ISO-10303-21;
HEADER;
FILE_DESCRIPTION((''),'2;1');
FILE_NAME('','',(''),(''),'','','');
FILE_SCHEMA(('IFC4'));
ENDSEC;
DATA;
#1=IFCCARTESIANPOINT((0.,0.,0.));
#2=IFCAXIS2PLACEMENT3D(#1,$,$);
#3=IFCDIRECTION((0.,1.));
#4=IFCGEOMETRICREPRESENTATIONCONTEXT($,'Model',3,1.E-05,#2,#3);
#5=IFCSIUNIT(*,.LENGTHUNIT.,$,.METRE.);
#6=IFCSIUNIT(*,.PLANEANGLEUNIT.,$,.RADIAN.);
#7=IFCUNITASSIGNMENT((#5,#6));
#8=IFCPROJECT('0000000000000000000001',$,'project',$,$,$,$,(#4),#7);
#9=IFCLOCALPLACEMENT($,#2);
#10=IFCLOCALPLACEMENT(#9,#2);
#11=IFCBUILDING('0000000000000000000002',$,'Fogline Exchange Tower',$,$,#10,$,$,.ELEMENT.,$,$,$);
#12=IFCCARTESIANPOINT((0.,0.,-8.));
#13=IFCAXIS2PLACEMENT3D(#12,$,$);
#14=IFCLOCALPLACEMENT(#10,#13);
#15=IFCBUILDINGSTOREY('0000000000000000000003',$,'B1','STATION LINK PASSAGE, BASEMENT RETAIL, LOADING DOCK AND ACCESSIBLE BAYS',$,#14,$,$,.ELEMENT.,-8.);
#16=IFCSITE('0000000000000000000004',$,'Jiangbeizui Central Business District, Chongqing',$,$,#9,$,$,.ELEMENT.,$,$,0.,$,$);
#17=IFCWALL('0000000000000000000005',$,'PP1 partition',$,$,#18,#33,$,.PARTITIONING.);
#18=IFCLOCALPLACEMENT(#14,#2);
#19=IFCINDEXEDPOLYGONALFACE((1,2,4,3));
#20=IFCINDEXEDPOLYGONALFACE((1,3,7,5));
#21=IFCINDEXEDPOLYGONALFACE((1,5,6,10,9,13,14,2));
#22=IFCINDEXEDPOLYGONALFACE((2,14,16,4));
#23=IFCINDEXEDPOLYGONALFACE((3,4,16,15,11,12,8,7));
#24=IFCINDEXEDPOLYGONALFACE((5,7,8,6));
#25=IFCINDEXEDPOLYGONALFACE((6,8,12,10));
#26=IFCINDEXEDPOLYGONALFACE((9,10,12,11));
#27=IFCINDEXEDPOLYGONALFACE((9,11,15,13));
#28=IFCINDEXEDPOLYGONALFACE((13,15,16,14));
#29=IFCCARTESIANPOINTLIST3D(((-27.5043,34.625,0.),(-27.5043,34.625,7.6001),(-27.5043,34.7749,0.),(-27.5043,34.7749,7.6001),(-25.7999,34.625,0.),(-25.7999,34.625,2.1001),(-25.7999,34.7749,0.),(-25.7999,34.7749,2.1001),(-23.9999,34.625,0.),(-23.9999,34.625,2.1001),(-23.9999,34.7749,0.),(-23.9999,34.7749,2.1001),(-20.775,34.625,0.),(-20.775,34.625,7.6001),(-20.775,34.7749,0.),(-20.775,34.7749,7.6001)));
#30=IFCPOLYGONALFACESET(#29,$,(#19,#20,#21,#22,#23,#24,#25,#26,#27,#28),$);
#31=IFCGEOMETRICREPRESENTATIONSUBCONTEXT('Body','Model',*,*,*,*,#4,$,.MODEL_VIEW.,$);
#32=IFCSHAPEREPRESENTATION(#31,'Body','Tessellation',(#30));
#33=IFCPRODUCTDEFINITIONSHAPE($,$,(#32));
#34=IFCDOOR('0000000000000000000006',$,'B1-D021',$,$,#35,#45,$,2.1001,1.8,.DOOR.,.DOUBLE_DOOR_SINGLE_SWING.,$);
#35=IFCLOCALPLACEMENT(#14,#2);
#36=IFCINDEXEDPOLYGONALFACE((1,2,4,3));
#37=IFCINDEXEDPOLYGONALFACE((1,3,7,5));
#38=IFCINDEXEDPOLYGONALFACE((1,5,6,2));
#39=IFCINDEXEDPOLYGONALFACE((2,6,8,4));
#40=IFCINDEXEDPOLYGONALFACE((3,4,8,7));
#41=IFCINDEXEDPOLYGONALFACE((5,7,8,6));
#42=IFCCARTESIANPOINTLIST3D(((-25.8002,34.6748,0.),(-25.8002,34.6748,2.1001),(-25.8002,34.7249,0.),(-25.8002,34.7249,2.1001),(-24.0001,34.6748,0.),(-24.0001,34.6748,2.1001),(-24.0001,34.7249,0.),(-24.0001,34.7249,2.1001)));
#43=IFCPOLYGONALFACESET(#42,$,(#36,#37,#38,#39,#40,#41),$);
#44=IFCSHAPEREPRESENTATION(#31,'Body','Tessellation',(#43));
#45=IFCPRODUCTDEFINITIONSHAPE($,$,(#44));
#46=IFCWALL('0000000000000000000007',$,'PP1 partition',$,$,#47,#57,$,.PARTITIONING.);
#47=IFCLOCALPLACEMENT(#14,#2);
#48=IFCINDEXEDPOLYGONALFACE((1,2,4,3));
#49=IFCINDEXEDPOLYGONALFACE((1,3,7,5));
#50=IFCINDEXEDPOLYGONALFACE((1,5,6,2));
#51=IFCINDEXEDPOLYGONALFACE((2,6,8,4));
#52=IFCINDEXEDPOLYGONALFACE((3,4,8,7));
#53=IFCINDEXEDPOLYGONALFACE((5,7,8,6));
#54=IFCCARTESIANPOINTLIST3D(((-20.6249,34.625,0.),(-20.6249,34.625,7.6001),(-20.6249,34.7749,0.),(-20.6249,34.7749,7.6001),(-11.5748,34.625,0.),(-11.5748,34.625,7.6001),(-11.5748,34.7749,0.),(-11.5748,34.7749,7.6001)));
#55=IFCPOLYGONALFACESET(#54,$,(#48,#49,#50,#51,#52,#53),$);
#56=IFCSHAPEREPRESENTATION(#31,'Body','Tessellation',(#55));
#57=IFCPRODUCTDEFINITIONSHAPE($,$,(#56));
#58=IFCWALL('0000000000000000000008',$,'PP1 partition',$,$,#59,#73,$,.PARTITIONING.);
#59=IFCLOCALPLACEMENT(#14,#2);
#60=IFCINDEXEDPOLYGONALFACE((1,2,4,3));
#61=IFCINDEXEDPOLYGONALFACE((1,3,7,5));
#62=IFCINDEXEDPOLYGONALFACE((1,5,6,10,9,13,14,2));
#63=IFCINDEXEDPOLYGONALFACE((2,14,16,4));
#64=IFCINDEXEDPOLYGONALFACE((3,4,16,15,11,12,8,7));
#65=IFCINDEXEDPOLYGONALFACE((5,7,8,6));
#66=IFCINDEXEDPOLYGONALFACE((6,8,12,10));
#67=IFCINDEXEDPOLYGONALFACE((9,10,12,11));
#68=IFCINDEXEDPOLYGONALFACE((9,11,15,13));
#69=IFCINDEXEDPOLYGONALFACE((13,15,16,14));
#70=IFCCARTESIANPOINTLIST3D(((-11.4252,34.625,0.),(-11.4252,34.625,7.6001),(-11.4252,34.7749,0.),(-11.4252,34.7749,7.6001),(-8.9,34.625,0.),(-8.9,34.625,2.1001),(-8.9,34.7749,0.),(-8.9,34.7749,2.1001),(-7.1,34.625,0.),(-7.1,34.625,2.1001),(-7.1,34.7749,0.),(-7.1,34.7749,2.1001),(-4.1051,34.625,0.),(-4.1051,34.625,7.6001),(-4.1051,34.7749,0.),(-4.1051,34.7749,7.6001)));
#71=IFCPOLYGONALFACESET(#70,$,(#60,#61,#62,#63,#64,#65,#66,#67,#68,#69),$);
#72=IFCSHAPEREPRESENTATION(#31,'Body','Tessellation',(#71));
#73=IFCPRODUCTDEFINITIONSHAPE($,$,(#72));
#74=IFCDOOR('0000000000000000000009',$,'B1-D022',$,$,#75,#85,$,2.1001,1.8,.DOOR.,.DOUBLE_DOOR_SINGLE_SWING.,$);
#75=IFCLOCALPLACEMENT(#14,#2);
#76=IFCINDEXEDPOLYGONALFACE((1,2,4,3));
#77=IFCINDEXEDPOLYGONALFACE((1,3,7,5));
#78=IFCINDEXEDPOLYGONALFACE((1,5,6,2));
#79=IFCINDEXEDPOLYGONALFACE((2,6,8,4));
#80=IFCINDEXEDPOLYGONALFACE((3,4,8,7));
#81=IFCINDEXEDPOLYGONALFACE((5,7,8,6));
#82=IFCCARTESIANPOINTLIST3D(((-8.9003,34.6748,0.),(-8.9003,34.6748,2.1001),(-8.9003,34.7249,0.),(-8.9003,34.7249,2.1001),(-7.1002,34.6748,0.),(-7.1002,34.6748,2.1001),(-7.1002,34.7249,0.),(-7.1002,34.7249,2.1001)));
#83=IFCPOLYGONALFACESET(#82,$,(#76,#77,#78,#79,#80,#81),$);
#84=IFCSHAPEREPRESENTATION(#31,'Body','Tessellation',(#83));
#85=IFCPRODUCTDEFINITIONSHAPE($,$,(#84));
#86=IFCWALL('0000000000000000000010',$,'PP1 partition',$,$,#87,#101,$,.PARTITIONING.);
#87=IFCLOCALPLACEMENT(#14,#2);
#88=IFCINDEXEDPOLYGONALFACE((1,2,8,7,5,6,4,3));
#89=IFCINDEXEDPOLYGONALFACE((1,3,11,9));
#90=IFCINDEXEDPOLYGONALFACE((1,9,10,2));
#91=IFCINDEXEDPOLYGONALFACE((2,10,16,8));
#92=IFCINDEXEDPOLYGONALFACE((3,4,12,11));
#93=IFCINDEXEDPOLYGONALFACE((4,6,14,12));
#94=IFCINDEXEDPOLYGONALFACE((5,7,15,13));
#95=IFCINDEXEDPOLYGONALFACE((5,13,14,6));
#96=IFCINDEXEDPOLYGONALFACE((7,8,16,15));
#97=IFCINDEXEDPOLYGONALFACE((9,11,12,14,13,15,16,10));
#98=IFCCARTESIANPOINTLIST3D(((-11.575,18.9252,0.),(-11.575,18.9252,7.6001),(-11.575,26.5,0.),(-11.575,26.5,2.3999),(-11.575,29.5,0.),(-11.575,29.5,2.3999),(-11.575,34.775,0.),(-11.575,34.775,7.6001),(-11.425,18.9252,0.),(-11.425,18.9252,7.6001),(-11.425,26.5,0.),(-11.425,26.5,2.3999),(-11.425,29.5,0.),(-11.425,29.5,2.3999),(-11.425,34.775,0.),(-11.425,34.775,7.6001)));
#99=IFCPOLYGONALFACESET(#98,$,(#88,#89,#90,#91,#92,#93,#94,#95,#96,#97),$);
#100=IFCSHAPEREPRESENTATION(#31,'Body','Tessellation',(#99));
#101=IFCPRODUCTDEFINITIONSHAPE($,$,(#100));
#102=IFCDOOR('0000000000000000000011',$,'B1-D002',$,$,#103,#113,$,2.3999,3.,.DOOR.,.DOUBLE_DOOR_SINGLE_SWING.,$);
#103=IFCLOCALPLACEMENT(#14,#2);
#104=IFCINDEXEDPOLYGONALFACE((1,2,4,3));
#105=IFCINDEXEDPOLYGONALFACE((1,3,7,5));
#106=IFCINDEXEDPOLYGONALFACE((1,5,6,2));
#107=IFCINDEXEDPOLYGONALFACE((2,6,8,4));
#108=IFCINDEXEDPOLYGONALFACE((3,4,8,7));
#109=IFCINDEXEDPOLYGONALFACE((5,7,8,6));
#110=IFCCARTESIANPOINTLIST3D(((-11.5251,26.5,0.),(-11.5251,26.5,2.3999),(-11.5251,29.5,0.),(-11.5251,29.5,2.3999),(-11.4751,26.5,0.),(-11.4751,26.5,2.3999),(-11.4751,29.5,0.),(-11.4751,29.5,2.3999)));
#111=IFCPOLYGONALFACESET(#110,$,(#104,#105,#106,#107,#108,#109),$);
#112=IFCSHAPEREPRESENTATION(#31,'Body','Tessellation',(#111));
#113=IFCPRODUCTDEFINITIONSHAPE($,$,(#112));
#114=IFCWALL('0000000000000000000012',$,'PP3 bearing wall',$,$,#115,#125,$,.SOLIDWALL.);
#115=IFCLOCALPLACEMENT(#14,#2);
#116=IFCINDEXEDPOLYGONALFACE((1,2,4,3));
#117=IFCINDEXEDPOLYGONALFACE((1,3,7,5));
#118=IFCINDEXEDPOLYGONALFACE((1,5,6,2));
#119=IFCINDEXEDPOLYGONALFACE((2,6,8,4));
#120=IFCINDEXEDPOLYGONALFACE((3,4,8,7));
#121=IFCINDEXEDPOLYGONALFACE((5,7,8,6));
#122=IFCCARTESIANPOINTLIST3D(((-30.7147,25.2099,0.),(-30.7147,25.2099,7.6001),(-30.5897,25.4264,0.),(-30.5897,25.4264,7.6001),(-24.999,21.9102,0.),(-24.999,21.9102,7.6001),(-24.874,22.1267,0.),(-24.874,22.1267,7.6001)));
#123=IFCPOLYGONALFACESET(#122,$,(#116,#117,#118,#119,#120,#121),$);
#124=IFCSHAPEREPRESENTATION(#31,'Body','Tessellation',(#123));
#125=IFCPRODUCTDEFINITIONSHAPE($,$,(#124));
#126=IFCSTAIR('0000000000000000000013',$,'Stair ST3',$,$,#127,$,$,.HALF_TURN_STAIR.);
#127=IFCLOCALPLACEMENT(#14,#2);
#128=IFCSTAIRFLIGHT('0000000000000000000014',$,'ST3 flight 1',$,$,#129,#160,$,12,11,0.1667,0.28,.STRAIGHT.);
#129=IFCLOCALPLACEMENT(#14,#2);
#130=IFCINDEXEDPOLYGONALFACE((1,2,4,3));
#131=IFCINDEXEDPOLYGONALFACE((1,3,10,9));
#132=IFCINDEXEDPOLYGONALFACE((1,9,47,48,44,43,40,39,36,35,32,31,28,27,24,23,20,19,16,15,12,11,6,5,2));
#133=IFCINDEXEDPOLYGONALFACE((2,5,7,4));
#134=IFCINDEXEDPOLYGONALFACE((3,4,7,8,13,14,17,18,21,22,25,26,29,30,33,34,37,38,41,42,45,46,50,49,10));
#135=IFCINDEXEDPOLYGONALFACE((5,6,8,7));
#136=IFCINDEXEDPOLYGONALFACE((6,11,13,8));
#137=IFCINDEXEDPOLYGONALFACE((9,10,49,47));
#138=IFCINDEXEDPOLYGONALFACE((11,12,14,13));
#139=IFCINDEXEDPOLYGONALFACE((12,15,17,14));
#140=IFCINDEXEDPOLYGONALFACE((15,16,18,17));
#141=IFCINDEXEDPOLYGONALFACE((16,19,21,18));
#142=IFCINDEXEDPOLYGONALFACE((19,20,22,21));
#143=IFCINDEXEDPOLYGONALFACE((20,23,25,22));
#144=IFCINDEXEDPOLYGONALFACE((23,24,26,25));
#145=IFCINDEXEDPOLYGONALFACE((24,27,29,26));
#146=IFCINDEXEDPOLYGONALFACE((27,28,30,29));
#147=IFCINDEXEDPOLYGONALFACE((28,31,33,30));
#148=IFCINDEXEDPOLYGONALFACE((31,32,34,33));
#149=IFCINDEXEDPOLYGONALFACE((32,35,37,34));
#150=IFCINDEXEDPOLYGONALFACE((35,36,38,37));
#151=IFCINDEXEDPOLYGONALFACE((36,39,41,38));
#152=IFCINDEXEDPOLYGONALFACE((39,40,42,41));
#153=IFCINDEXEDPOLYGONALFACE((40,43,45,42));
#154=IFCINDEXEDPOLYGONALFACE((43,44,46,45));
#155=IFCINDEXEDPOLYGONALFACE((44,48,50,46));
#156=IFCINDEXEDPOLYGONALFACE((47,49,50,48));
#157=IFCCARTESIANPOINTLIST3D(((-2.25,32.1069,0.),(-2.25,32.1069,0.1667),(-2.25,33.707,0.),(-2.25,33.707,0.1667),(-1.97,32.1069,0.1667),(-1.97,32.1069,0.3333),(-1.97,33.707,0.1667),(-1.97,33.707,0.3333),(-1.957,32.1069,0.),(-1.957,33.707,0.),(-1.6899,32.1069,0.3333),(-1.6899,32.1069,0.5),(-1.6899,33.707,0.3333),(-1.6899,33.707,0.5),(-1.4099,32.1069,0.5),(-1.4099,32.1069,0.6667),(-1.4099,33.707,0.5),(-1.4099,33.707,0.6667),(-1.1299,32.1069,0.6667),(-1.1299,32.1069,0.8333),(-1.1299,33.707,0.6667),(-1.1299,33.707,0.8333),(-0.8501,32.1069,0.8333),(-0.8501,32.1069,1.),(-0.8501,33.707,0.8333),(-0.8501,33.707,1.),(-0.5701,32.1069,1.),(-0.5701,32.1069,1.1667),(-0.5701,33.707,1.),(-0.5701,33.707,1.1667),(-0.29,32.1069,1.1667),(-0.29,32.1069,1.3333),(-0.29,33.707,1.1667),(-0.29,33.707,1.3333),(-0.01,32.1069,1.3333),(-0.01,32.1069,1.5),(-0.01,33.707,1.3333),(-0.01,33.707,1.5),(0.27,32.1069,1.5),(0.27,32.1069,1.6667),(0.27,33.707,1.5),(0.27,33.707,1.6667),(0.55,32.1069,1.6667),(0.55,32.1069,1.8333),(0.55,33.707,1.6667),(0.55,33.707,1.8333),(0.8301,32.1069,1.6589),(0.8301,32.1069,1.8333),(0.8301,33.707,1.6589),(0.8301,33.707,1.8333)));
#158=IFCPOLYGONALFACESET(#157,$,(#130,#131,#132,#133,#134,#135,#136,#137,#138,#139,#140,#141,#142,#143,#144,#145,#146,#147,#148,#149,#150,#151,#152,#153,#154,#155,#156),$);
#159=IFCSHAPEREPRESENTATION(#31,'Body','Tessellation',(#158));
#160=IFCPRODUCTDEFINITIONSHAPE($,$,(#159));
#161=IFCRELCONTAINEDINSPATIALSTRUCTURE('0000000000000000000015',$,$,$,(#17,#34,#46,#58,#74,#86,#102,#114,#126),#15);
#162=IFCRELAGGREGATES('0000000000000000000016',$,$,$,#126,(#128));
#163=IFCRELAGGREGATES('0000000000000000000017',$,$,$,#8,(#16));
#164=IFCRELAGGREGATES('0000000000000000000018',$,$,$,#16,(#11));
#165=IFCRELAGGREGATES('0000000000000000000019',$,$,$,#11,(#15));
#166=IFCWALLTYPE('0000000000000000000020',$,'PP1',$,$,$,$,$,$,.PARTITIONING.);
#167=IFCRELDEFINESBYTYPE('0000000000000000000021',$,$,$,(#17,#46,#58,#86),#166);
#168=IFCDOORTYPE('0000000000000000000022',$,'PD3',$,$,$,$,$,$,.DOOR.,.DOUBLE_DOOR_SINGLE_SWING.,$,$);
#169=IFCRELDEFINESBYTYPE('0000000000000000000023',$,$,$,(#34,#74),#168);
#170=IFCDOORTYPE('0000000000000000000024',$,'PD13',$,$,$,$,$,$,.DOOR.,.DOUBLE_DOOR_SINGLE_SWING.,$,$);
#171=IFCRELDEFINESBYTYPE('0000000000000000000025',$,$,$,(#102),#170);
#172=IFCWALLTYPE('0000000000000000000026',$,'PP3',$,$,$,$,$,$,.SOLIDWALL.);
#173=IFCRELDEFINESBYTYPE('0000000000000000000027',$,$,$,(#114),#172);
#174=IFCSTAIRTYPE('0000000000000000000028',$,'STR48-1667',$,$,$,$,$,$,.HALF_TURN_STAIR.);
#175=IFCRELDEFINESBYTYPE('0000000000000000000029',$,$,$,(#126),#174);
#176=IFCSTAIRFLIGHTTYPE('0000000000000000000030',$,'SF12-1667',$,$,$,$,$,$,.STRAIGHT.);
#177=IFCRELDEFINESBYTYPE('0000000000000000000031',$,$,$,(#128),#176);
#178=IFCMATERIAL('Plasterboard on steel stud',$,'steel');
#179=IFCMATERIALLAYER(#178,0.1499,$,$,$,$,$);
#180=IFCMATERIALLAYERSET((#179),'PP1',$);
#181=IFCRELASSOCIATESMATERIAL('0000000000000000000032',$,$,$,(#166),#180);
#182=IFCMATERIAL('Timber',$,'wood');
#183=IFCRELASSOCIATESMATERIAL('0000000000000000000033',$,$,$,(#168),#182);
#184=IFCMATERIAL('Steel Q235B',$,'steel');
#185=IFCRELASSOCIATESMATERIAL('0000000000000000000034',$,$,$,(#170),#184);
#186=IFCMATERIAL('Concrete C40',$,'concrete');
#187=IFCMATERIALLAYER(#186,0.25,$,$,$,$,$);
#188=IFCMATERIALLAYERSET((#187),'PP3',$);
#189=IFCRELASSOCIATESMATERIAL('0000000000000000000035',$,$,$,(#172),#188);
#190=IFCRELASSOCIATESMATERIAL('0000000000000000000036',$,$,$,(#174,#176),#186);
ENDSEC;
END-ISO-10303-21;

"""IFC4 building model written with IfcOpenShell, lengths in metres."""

from ifc_helpers import new_model, si_unit, direction, frame, frame_2d, origin, place, context, subcontext, project, spatial, polyline, rectangle, outline, extrude, material, layer, layer_set, type_object, element, fill, aggregate, save


model = new_model("IFC4")

# Units and contexts
model_context = context("Model", 3, precision=1e-05, world=origin(), true_north=direction((0.0, 1.0)))
body_context = subcontext(model_context, "Body", "Model", "MODEL_VIEW")
ifc_project = project(units=[si_unit("LENGTHUNIT", "METRE"), si_unit("PLANEANGLEUNIT", "RADIAN")], contexts=[model_context])

# Site, building, storey
site_placement = place(None, origin())
site = spatial("IfcSite", under=ifc_project, at=site_placement, Name="Jiangbeizui Central Business District, Chongqing", CompositionType="ELEMENT", RefElevation=0.0)
building_placement = place(site_placement, origin())
building = spatial("IfcBuilding", under=site, at=building_placement, Name="Fogline Exchange Tower", CompositionType="ELEMENT")
storey_placement = place(building_placement, frame((0.0, 0.0, -8.0)))
storey = spatial("IfcBuildingStorey", under=building, at=storey_placement, Name="B1", Description="STATION LINK PASSAGE, BASEMENT RETAIL, LOADING DOCK AND ACCESSIBLE BAYS", CompositionType="ELEMENT", Elevation=-8.0)

# Shared definitions
ifc_material_1 = material(Name="Concrete C40", Category="concrete")

# Wall, opening, door
ifc_material_2 = material(Name="Plasterboard on steel stud", Category="steel")
ifc_layer_1 = layer(ifc_material_2, 0.1499)
ifc_layer_set_1 = layer_set([ifc_layer_1], Name="PP1")
wall_type_1 = type_object("IfcWallType", Name="PP1", PredefinedType="PARTITIONING", material=ifc_layer_set_1)
wall_1_placement = place(storey_placement, frame((-20.7749, 34.7, 0.0), z_axis=(0.0, 0.0, 1.0), x_axis=(-1.0, 0.0, 0.0)))
wall_1 = element("IfcWall", 1, at=wall_1_placement, inside=storey, type_object=wall_type_1, Name="PP1 partition", PredefinedType="PARTITIONING", context=body_context, shape_type="SweptSolid", body=[
    extrude(rectangle(XDim=6.7292, YDim=0.1499, at=frame_2d((3.3647, 0.0))), origin(), (0.0, 0.0, 1.0), 7.6001),
])
opening_1_placement = place(wall_1_placement, frame((3.2251, 0.0, 0.0)))
opening_1 = element("IfcOpeningElement", 2, at=opening_1_placement, cuts=wall_1, PredefinedType="OPENING", context=body_context, shape_type="SweptSolid", body=[
    extrude(rectangle(XDim=1.8, YDim=2.1001, at=frame_2d((0.8999, 1.05))), frame((0.0, 0.085, 0.0), z_axis=(0.0, -1.0, 0.0), x_axis=(1.0, 0.0, 0.0)), (0.0, 0.0, 1.0), 0.1699),
])
ifc_material_3 = material(Name="Timber", Category="wood")
door_type_1 = type_object("IfcDoorType", Name="PD3", OperationType="DOUBLE_DOOR_SINGLE_SWING", PredefinedType="DOOR", material=ifc_material_3)
door_1_placement = place(opening_1_placement, frame((1.8, 0.0, 0.0), z_axis=(0.0, 0.0, 1.0), x_axis=(-1.0, 0.0, 0.0)))
door_1 = element("IfcDoor", 3, at=door_1_placement, inside=storey, type_object=door_type_1, Name="B1-D021", OperationType="DOUBLE_DOOR_SINGLE_SWING", OverallHeight=2.1001, OverallWidth=1.8, PredefinedType="DOOR", context=body_context, shape_type="SweptSolid", body=[
    extrude(rectangle(XDim=1.8, YDim=2.1001, at=frame_2d((0.8999, 1.05))), frame((0.0, 0.0249, 0.0), z_axis=(0.0, -1.0, 0.0), x_axis=(1.0, 0.0, 0.0)), (0.0, 0.0, 1.0), 0.05),
])
fill(opening_1, door_1)

# Wall
wall_2_placement = place(storey_placement, frame((-11.575, 34.7, 0.0), z_axis=(0.0, 0.0, 1.0), x_axis=(-1.0, 0.0, 0.0)))
element("IfcWall", 4, at=wall_2_placement, inside=storey, type_object=wall_type_1, Name="PP1 partition", PredefinedType="PARTITIONING", context=body_context, shape_type="SweptSolid", body=[
    extrude(rectangle(XDim=9.05, YDim=0.1499, at=frame_2d((4.5249, 0.0))), origin(), (0.0, 0.0, 1.0), 7.6001),
])

# Walls, openings, doors
wall_3_placement = place(storey_placement, frame((-4.105, 34.7, 0.0), z_axis=(0.0, 0.0, 1.0), x_axis=(-1.0, 0.0, 0.0)))
wall_3 = element("IfcWall", 5, at=wall_3_placement, inside=storey, type_object=wall_type_1, Name="PP1 partition", PredefinedType="PARTITIONING", context=body_context, shape_type="SweptSolid", body=[
    extrude(rectangle(XDim=7.3201, YDim=0.1499, at=frame_2d((3.6602, 0.0))), origin(), (0.0, 0.0, 1.0), 7.6001),
])
opening_2_placement = place(wall_3_placement, frame((2.9951, 0.0, 0.0)))
opening_2 = element("IfcOpeningElement", 6, at=opening_2_placement, cuts=wall_3, PredefinedType="OPENING", context=body_context, shape_type="SweptSolid", body=[
    extrude(rectangle(XDim=1.8, YDim=2.1001, at=frame_2d((0.8999, 1.05))), frame((0.0, 0.085, 0.0), z_axis=(0.0, -1.0, 0.0), x_axis=(1.0, 0.0, 0.0)), (0.0, 0.0, 1.0), 0.1699),
])
door_2_placement = place(opening_2_placement, frame((1.8, 0.0, 0.0), z_axis=(0.0, 0.0, 1.0), x_axis=(-1.0, 0.0, 0.0)))
door_2 = element("IfcDoor", 7, at=door_2_placement, inside=storey, type_object=door_type_1, Name="B1-D022", OperationType="DOUBLE_DOOR_SINGLE_SWING", OverallHeight=2.1001, OverallWidth=1.8, PredefinedType="DOOR", context=body_context, shape_type="SweptSolid", body=[
    extrude(rectangle(XDim=1.8, YDim=2.1001, at=frame_2d((0.8999, 1.05))), frame((0.0, 0.0249, 0.0), z_axis=(0.0, -1.0, 0.0), x_axis=(1.0, 0.0, 0.0)), (0.0, 0.0, 1.0), 0.05),
])
fill(opening_2, door_2)
wall_4_placement = place(storey_placement, frame((-11.5, 34.7749, 0.0), z_axis=(0.0, 0.0, 1.0), x_axis=(0.0, -1.0, 0.0)))
wall_4 = element("IfcWall", 8, at=wall_4_placement, inside=storey, type_object=wall_type_1, Name="PP1 partition", PredefinedType="PARTITIONING", context=body_context, shape_type="SweptSolid", body=[
    extrude(rectangle(XDim=15.8499, YDim=0.1499, at=frame_2d((7.9248, 0.0))), origin(), (0.0, 0.0, 1.0), 7.6001),
])
opening_3_placement = place(wall_4_placement, frame((5.2749, 0.0, 0.0)))
opening_3 = element("IfcOpeningElement", 9, at=opening_3_placement, cuts=wall_4, PredefinedType="OPENING", context=body_context, shape_type="SweptSolid", body=[
    extrude(rectangle(XDim=3.0, YDim=2.3999, at=frame_2d((1.5, 1.2))), frame((0.0, 0.085, 0.0), z_axis=(0.0, -1.0, 0.0), x_axis=(1.0, 0.0, 0.0)), (0.0, 0.0, 1.0), 0.1699),
])
ifc_material_4 = material(Name="Steel Q235B", Category="steel")
door_type_2 = type_object("IfcDoorType", Name="PD13", OperationType="DOUBLE_DOOR_SINGLE_SWING", PredefinedType="DOOR", material=ifc_material_4)
door_3_placement = place(opening_3_placement, origin())
door_3 = element("IfcDoor", 10, at=door_3_placement, inside=storey, type_object=door_type_2, Name="B1-D002", OperationType="DOUBLE_DOOR_SINGLE_SWING", OverallHeight=2.3999, OverallWidth=3.0, PredefinedType="DOOR", context=body_context, shape_type="SweptSolid", body=[
    extrude(rectangle(XDim=3.0, YDim=2.3999, at=frame_2d((1.5, 1.2))), frame((0.0, 0.0249, 0.0), z_axis=(0.0, -1.0, 0.0), x_axis=(1.0, 0.0, 0.0)), (0.0, 0.0, 1.0), 0.05),
])
fill(opening_3, door_3)

# Wall
ifc_layer_2 = layer(ifc_material_1, 0.25)
ifc_layer_set_2 = layer_set([ifc_layer_2], Name="PP3")
wall_type_2 = type_object("IfcWallType", Name="PP3", PredefinedType="SOLIDWALL", material=ifc_layer_set_2)
wall_5_placement = place(storey_placement, frame((-30.6521, 25.3181, 0.0), z_axis=(0.0, 0.0, 1.0), x_axis=(0.86604, -0.499974, 0.0)))
element("IfcWall", 11, at=wall_5_placement, inside=storey, type_object=wall_type_2, Name="PP3 bearing wall", PredefinedType="SOLIDWALL", context=body_context, shape_type="SweptSolid", body=[
    extrude(rectangle(XDim=6.5999, YDim=0.25, at=frame_2d((3.2998, 0.0))), origin(), (0.0, 0.0, 1.0), 7.6001),
])

# Stair, stair flight
stair_type = type_object("IfcStairType", Name="STR48-1667", PredefinedType="HALF_TURN_STAIR", material=ifc_material_1)
stair_placement = place(storey_placement, origin())
stair = element("IfcStair", 12, at=stair_placement, inside=storey, type_object=stair_type, Name="Stair ST3", PredefinedType="HALF_TURN_STAIR")
stair_flight_type = type_object("IfcStairFlightType", Name="SF12-1667", PredefinedType="STRAIGHT", material=ifc_material_1)
stair_flight_1_placement = place(storey_placement, frame((-2.25, 32.907, 0.0), z_axis=(0.0, 0.0, 1.0), x_axis=(1.0, 0.0, 0.0)))
stair_flight_1 = element("IfcStairFlight", 13, at=stair_flight_1_placement, type_object=stair_flight_type, Name="ST3 flight 1", NumberOfRisers=12, NumberOfTreads=11, PredefinedType="STRAIGHT", RiserHeight=0.1667, TreadLength=0.28, context=body_context, shape_type="SweptSolid", body=[
    extrude(outline(polyline([(0.0, 0.0), (0.0, 0.1667), (0.28, 0.1667), (0.28, 0.3333), (0.5601, 0.3333), (0.5601, 0.5), (0.8401, 0.5), (0.8401, 0.6667), (1.1201, 0.6667), (1.1201, 0.8333), (1.3999, 0.8333), (1.3999, 1.0), (1.6799, 1.0), (1.6799, 1.1667), (1.96, 1.1667), (1.96, 1.3333), (2.24, 1.3333), (2.24, 1.5), (2.52, 1.5), (2.52, 1.6667), (2.8, 1.6667), (2.8, 1.8333), (3.0801, 1.8333), (3.0801, 2.0), (3.0801, 1.6589), (0.293, 0.0), (0.0, 0.0)])), frame((0.0, 0.8, 0.0), z_axis=(0.0, -1.0, 0.0), x_axis=(1.0, 0.0, 0.0)), (0.0, 0.0, 1.0), 1.6001),
])
aggregate(stair, [stair_flight_1])

save(model, "model.ifc")
